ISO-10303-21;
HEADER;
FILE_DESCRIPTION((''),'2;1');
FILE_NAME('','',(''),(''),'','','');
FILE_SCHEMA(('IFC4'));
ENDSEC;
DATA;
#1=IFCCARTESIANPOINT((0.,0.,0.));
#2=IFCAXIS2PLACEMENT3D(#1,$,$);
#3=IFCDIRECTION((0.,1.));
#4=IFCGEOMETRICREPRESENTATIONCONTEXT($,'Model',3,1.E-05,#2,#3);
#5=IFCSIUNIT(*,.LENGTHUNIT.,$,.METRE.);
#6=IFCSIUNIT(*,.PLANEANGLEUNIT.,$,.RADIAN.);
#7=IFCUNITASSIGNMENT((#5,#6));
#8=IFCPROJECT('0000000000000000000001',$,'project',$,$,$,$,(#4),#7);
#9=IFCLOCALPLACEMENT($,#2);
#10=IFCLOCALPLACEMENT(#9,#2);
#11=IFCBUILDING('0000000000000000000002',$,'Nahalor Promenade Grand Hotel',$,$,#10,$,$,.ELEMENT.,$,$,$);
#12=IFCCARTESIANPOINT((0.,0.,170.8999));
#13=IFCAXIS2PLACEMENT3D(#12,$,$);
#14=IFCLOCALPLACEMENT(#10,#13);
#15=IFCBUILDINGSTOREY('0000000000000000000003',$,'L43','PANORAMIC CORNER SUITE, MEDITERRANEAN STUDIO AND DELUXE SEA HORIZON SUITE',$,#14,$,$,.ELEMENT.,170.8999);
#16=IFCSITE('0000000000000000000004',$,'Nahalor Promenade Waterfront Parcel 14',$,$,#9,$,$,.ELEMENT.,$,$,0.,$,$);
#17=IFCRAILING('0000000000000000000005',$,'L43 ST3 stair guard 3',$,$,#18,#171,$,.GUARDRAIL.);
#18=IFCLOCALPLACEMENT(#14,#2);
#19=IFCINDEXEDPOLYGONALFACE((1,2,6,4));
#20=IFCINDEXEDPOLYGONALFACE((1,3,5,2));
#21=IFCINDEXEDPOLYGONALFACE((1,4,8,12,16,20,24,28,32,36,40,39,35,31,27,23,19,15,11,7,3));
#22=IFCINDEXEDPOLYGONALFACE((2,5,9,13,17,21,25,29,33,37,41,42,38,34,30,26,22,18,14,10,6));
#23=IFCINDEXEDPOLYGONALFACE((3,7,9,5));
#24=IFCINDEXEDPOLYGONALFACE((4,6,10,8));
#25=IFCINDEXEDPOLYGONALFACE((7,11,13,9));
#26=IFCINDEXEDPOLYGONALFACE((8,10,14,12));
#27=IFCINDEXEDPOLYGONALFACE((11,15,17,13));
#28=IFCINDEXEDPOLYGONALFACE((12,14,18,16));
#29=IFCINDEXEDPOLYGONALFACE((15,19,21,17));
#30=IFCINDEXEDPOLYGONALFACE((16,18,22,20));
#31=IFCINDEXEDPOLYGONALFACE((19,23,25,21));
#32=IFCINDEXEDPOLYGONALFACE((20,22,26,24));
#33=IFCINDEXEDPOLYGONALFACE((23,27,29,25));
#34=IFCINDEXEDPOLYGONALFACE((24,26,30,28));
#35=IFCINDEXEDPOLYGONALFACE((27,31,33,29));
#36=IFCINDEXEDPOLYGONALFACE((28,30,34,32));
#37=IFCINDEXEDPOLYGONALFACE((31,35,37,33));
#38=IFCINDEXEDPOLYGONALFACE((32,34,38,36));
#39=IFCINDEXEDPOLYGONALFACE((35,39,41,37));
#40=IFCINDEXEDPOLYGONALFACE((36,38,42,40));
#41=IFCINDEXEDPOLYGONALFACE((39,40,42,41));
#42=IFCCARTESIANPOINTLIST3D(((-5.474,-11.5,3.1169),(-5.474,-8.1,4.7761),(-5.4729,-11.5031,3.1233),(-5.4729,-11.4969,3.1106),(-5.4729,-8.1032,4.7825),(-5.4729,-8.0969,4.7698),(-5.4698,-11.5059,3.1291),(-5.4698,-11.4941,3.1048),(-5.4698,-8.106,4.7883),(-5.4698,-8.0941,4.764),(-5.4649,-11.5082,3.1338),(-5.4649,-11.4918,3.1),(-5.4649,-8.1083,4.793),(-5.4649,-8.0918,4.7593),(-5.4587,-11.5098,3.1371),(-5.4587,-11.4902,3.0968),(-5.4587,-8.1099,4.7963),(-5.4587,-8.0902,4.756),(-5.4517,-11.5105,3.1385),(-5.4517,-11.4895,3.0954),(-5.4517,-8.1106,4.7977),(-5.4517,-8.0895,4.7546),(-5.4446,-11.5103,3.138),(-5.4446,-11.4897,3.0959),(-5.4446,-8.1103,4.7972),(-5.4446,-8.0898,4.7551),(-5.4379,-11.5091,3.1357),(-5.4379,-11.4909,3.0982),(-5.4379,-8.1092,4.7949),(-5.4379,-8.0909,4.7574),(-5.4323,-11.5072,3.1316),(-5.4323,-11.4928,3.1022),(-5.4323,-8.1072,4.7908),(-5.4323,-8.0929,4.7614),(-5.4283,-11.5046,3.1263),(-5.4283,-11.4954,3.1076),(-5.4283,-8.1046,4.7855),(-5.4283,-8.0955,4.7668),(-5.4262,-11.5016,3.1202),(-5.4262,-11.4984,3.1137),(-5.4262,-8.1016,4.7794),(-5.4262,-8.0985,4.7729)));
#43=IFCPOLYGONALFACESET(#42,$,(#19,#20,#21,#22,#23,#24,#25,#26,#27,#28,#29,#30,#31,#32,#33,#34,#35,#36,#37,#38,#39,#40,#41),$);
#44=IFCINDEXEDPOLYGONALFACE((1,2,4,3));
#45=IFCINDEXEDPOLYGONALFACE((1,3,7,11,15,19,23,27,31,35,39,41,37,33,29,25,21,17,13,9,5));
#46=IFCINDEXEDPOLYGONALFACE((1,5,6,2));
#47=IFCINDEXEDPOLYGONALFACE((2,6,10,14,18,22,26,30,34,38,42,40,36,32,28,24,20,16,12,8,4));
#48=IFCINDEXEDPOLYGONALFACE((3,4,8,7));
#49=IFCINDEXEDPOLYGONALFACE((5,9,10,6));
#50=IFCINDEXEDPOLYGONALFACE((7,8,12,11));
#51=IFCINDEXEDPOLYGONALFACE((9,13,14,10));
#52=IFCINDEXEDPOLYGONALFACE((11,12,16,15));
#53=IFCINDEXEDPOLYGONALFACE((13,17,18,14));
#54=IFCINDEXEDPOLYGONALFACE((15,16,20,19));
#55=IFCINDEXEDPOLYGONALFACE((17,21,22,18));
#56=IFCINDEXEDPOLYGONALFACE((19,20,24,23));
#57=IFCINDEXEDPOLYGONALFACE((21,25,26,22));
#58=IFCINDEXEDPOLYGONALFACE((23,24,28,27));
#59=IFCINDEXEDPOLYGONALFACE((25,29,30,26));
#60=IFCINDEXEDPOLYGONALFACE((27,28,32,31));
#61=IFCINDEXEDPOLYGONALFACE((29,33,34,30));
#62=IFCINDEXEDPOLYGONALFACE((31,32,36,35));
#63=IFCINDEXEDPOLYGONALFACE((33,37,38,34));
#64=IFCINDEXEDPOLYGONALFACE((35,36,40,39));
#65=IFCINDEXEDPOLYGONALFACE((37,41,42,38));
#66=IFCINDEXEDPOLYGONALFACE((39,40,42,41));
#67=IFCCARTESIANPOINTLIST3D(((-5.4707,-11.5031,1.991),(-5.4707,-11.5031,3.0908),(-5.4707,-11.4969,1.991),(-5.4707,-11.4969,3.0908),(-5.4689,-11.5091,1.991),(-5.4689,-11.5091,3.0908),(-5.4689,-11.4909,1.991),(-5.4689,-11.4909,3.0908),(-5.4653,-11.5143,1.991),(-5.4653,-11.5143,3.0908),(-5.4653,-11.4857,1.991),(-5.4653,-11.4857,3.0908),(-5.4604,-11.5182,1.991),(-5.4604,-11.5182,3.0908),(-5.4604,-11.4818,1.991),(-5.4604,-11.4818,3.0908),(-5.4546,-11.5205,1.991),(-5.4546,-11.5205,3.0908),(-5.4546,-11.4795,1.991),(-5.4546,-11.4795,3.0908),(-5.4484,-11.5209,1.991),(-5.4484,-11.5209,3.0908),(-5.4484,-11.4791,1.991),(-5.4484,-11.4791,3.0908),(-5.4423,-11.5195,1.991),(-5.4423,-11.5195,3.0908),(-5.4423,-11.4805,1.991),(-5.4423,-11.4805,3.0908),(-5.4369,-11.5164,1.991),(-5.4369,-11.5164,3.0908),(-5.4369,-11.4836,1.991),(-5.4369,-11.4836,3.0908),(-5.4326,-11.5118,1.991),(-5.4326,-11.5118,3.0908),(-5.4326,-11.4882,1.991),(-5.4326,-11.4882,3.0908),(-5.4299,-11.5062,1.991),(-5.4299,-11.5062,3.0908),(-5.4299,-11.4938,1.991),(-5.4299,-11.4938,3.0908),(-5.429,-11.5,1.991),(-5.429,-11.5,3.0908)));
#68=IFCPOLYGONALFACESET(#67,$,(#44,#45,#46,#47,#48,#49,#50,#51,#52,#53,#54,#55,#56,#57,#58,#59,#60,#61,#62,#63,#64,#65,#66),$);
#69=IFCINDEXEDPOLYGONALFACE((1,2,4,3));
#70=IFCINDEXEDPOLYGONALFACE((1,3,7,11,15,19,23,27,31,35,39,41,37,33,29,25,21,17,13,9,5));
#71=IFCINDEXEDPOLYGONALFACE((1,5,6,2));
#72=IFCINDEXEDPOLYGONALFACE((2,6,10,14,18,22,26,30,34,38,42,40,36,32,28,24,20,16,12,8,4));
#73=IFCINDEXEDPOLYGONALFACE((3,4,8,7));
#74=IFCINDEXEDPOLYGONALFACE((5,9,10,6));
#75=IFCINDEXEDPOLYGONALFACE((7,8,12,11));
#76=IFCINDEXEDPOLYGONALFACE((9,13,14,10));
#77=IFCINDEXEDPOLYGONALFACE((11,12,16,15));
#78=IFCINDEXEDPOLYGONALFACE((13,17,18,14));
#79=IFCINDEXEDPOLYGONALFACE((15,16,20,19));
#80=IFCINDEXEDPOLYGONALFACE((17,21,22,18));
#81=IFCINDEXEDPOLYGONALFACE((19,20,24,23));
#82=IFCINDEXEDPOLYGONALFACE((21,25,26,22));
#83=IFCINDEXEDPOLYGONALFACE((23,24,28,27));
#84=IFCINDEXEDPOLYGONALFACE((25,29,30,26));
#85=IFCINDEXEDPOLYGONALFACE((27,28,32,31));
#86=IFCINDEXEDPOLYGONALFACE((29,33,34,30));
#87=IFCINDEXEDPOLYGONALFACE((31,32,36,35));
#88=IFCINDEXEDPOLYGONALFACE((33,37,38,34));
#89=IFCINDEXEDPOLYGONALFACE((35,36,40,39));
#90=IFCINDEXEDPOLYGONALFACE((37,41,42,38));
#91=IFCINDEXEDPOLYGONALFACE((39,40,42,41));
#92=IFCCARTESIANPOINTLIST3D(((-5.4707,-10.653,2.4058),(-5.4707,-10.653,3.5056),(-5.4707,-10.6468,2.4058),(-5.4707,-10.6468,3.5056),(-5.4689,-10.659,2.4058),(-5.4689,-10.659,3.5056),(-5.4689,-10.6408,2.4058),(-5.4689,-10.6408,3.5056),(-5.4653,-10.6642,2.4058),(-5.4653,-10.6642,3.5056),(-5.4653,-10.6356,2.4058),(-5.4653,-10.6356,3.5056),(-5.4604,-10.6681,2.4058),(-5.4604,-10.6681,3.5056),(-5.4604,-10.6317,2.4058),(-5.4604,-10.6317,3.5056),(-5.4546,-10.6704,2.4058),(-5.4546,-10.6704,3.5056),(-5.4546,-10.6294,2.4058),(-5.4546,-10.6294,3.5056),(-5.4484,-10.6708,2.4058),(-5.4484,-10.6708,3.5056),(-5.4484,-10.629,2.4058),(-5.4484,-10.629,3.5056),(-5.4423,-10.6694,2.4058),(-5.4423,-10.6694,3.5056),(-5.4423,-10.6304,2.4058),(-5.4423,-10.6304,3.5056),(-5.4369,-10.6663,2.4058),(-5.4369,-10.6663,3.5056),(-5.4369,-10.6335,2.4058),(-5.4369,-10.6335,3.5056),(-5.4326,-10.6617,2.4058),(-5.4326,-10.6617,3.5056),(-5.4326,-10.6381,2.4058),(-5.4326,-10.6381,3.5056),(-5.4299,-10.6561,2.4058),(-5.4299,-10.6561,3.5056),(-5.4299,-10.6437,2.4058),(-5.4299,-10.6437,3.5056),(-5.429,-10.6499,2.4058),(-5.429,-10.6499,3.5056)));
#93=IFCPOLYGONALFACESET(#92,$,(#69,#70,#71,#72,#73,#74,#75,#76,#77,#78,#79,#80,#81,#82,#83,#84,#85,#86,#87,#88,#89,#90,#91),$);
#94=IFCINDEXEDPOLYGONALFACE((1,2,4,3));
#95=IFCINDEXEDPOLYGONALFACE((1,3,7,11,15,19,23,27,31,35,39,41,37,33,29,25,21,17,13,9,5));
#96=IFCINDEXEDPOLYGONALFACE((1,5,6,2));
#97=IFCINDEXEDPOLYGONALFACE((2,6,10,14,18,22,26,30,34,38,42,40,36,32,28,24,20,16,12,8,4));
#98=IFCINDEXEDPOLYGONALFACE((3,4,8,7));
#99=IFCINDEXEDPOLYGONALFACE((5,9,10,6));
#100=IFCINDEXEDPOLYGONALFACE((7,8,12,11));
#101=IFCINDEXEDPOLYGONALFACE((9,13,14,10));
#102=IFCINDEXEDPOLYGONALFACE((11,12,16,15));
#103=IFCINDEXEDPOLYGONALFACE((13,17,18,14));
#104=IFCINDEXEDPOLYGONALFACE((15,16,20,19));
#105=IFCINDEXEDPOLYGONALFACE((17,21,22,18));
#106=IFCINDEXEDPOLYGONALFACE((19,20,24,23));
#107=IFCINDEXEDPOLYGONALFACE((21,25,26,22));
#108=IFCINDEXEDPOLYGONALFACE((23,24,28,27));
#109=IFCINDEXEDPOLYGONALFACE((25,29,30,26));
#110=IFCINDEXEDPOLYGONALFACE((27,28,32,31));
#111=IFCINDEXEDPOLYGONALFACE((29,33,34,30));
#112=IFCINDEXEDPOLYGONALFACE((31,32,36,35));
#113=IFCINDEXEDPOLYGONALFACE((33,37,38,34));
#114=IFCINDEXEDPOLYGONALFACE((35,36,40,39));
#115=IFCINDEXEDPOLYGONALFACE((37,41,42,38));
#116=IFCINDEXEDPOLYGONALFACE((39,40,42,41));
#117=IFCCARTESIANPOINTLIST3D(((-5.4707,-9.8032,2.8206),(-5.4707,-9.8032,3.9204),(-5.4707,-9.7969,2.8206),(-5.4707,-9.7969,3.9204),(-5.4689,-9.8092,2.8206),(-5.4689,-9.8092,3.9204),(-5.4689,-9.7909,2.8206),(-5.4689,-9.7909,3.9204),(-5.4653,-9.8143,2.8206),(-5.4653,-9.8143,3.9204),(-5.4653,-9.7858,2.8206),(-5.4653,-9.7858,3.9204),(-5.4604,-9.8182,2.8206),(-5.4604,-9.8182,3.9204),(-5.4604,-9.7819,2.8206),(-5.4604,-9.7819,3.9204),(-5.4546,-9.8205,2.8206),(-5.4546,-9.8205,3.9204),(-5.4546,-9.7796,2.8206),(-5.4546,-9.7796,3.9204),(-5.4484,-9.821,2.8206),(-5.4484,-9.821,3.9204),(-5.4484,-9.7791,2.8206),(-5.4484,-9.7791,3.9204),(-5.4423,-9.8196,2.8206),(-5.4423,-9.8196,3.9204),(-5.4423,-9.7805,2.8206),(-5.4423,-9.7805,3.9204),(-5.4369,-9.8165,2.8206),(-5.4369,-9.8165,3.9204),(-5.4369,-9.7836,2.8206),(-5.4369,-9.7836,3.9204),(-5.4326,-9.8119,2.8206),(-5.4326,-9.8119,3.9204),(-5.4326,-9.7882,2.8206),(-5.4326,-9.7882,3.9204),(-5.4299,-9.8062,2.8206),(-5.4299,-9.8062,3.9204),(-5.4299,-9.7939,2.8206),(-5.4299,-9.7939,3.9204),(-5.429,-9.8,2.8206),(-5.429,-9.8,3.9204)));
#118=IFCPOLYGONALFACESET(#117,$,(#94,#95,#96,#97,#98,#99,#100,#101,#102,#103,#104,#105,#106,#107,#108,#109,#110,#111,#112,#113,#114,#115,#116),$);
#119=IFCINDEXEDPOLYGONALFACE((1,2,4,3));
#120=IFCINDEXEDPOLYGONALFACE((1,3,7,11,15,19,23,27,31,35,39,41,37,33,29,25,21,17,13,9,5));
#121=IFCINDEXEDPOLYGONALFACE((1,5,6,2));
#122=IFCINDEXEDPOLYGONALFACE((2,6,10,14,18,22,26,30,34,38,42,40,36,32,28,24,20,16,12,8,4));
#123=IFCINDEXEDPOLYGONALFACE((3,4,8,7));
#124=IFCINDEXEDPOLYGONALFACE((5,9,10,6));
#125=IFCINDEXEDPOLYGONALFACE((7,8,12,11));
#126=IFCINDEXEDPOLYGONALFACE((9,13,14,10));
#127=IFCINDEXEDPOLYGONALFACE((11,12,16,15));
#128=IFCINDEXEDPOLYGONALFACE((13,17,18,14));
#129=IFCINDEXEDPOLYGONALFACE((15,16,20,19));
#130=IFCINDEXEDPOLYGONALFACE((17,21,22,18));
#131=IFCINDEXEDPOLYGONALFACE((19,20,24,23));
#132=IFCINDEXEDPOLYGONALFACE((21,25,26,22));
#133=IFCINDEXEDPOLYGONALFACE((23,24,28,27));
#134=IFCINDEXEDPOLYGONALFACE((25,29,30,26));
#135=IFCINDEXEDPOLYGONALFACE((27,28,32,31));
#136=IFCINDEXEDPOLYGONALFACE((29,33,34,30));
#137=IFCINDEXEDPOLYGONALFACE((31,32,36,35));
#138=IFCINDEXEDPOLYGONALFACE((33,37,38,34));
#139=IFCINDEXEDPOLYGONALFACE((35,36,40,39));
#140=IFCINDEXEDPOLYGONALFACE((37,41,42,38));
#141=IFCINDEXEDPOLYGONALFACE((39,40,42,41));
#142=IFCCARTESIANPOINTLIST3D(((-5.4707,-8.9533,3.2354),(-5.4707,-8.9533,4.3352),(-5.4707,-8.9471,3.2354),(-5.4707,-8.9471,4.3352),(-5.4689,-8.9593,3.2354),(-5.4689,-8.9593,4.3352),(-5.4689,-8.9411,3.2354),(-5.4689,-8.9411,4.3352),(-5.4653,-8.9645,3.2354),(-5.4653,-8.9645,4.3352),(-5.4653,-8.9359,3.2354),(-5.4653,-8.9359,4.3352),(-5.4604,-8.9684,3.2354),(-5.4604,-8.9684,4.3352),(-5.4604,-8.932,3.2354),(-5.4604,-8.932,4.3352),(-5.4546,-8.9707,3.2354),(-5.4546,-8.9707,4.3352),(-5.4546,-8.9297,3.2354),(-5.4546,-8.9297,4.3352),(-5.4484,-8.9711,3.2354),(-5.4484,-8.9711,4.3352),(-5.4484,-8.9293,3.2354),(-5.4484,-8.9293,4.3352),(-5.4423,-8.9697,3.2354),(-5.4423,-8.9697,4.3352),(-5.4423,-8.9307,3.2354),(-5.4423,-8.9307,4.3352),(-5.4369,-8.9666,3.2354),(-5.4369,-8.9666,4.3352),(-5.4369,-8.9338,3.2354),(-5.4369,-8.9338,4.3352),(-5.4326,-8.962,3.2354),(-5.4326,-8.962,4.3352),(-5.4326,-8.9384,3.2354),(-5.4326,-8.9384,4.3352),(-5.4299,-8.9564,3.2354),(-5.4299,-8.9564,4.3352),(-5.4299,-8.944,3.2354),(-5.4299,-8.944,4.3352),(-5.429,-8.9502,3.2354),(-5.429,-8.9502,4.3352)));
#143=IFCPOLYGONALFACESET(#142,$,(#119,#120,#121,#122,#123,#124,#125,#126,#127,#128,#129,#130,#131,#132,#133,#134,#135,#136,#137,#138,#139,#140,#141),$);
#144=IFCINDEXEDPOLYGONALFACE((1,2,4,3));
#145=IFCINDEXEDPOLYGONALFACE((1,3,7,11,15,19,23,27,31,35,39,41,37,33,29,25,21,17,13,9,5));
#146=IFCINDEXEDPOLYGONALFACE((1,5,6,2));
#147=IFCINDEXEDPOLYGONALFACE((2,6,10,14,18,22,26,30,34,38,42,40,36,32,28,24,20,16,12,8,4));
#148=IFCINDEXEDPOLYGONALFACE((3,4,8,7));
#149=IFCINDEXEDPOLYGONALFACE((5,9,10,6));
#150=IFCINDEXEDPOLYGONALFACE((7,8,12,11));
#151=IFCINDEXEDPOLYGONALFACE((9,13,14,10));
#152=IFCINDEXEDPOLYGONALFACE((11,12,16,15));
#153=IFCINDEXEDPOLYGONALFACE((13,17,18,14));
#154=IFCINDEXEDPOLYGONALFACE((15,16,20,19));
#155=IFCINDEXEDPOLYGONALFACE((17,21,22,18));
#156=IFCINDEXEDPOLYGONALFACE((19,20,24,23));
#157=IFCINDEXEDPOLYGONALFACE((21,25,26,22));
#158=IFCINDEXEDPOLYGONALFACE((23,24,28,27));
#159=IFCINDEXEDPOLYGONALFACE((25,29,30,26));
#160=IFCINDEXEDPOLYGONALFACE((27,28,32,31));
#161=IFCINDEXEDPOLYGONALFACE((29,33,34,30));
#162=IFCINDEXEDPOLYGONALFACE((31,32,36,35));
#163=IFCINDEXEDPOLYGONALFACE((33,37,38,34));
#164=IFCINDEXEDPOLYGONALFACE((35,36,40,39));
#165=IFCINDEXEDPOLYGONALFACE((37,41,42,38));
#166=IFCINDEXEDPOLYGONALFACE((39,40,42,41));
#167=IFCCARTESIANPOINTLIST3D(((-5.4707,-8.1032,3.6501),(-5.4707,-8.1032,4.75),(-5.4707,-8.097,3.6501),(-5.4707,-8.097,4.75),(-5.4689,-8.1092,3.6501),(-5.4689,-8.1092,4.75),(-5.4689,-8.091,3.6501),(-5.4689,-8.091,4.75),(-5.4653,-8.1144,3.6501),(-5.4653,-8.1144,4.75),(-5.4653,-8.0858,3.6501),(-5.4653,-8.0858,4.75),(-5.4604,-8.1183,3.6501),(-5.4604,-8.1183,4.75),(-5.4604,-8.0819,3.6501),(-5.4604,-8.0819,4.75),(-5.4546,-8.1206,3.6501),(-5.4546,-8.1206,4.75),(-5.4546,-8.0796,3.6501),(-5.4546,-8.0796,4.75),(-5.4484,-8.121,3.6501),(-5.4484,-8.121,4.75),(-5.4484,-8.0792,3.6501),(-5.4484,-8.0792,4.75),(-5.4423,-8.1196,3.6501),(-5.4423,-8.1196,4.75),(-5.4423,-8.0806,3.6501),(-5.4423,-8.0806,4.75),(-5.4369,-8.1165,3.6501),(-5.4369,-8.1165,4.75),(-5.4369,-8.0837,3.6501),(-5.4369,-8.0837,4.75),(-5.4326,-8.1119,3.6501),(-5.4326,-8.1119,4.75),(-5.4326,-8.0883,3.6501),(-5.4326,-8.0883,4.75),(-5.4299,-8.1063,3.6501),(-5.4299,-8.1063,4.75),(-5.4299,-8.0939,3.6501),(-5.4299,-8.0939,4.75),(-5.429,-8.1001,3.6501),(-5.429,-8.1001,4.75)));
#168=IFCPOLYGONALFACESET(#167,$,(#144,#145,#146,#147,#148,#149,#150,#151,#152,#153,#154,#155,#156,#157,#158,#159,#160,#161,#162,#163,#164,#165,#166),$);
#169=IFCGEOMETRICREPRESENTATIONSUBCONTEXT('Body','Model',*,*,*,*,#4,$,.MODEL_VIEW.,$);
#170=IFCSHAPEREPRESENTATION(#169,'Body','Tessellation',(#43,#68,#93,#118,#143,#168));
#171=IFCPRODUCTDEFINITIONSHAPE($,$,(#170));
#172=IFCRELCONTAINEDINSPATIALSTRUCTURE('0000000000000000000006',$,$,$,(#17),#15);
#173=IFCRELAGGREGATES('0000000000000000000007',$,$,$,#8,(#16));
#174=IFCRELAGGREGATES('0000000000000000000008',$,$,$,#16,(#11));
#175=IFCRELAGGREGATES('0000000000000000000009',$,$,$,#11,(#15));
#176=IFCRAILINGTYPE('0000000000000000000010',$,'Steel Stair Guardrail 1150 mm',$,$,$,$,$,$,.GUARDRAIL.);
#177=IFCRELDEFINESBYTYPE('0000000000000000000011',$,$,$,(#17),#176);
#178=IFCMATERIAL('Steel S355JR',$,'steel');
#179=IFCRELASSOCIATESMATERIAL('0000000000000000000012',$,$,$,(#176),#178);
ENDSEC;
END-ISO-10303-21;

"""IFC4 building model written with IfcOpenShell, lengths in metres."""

from ifc_helpers import new_model, si_unit, direction, frame, origin, origin_2d, place, context, subcontext, project, spatial, circle, extrude, material, type_object, element, save


model = new_model("IFC4")

# Units and contexts
model_context = context("Model", 3, precision=1e-05, world=origin(), true_north=direction((0.0, 1.0)))
body_context = subcontext(model_context, "Body", "Model", "MODEL_VIEW")
ifc_project = project(units=[si_unit("LENGTHUNIT", "METRE"), si_unit("PLANEANGLEUNIT", "RADIAN")], contexts=[model_context])

# Site, building, storey
site_placement = place(None, origin())
site = spatial("IfcSite", under=ifc_project, at=site_placement, Name="Nahalor Promenade Waterfront Parcel 14", CompositionType="ELEMENT", RefElevation=0.0)
building_placement = place(site_placement, origin())
building = spatial("IfcBuilding", under=site, at=building_placement, Name="Nahalor Promenade Grand Hotel", CompositionType="ELEMENT")
storey_placement = place(building_placement, frame((0.0, 0.0, 170.8999)))
storey = spatial("IfcBuildingStorey", under=building, at=storey_placement, Name="L43", Description="PANORAMIC CORNER SUITE, MEDITERRANEAN STUDIO AND DELUXE SEA HORIZON SUITE", CompositionType="ELEMENT", Elevation=170.8999)

# Shared definitions
ifc_material_1 = material(Name="Steel S355JR", Category="steel")

# Railing
railing_type_1 = type_object("IfcRailingType", Name="Steel Stair Guardrail 1150 mm", PredefinedType="GUARDRAIL", material=ifc_material_1)
railing_1_placement = place(storey_placement, frame((-5.45, -11.5, 1.991)))
element("IfcRailing", 1, at=railing_1_placement, inside=storey, type_object=railing_type_1, Name="L43 ST3 stair guard 3", PredefinedType="GUARDRAIL", context=body_context, shape_type="SweptSolid", body=[
    extrude(circle(Radius=0.024, at=origin_2d()), frame((0.0, 0.0, 1.126), z_axis=(0.0, 0.898696, 0.438571), x_axis=(-1.0, 0.0, 0.0)), (0.0, 0.0, 1.0), 3.7832),
    extrude(circle(Radius=0.021, at=origin_2d()), origin(), (0.0, 0.0, 1.0), 1.0999),
    extrude(circle(Radius=0.021, at=origin_2d()), frame((0.0, 0.8501, 0.4148)), (0.0, 0.0, 1.0), 1.0999),
    extrude(circle(Radius=0.021, at=origin_2d()), frame((0.0, 1.7, 0.8296)), (0.0, 0.0, 1.0), 1.0999),
    extrude(circle(Radius=0.021, at=origin_2d()), frame((0.0, 2.5498, 1.2444)), (0.0, 0.0, 1.0), 1.0999),
    extrude(circle(Radius=0.021, at=origin_2d()), frame((0.0, 3.3999, 1.6592)), (0.0, 0.0, 1.0), 1.0999),
])

save(model, "model.ifc")
